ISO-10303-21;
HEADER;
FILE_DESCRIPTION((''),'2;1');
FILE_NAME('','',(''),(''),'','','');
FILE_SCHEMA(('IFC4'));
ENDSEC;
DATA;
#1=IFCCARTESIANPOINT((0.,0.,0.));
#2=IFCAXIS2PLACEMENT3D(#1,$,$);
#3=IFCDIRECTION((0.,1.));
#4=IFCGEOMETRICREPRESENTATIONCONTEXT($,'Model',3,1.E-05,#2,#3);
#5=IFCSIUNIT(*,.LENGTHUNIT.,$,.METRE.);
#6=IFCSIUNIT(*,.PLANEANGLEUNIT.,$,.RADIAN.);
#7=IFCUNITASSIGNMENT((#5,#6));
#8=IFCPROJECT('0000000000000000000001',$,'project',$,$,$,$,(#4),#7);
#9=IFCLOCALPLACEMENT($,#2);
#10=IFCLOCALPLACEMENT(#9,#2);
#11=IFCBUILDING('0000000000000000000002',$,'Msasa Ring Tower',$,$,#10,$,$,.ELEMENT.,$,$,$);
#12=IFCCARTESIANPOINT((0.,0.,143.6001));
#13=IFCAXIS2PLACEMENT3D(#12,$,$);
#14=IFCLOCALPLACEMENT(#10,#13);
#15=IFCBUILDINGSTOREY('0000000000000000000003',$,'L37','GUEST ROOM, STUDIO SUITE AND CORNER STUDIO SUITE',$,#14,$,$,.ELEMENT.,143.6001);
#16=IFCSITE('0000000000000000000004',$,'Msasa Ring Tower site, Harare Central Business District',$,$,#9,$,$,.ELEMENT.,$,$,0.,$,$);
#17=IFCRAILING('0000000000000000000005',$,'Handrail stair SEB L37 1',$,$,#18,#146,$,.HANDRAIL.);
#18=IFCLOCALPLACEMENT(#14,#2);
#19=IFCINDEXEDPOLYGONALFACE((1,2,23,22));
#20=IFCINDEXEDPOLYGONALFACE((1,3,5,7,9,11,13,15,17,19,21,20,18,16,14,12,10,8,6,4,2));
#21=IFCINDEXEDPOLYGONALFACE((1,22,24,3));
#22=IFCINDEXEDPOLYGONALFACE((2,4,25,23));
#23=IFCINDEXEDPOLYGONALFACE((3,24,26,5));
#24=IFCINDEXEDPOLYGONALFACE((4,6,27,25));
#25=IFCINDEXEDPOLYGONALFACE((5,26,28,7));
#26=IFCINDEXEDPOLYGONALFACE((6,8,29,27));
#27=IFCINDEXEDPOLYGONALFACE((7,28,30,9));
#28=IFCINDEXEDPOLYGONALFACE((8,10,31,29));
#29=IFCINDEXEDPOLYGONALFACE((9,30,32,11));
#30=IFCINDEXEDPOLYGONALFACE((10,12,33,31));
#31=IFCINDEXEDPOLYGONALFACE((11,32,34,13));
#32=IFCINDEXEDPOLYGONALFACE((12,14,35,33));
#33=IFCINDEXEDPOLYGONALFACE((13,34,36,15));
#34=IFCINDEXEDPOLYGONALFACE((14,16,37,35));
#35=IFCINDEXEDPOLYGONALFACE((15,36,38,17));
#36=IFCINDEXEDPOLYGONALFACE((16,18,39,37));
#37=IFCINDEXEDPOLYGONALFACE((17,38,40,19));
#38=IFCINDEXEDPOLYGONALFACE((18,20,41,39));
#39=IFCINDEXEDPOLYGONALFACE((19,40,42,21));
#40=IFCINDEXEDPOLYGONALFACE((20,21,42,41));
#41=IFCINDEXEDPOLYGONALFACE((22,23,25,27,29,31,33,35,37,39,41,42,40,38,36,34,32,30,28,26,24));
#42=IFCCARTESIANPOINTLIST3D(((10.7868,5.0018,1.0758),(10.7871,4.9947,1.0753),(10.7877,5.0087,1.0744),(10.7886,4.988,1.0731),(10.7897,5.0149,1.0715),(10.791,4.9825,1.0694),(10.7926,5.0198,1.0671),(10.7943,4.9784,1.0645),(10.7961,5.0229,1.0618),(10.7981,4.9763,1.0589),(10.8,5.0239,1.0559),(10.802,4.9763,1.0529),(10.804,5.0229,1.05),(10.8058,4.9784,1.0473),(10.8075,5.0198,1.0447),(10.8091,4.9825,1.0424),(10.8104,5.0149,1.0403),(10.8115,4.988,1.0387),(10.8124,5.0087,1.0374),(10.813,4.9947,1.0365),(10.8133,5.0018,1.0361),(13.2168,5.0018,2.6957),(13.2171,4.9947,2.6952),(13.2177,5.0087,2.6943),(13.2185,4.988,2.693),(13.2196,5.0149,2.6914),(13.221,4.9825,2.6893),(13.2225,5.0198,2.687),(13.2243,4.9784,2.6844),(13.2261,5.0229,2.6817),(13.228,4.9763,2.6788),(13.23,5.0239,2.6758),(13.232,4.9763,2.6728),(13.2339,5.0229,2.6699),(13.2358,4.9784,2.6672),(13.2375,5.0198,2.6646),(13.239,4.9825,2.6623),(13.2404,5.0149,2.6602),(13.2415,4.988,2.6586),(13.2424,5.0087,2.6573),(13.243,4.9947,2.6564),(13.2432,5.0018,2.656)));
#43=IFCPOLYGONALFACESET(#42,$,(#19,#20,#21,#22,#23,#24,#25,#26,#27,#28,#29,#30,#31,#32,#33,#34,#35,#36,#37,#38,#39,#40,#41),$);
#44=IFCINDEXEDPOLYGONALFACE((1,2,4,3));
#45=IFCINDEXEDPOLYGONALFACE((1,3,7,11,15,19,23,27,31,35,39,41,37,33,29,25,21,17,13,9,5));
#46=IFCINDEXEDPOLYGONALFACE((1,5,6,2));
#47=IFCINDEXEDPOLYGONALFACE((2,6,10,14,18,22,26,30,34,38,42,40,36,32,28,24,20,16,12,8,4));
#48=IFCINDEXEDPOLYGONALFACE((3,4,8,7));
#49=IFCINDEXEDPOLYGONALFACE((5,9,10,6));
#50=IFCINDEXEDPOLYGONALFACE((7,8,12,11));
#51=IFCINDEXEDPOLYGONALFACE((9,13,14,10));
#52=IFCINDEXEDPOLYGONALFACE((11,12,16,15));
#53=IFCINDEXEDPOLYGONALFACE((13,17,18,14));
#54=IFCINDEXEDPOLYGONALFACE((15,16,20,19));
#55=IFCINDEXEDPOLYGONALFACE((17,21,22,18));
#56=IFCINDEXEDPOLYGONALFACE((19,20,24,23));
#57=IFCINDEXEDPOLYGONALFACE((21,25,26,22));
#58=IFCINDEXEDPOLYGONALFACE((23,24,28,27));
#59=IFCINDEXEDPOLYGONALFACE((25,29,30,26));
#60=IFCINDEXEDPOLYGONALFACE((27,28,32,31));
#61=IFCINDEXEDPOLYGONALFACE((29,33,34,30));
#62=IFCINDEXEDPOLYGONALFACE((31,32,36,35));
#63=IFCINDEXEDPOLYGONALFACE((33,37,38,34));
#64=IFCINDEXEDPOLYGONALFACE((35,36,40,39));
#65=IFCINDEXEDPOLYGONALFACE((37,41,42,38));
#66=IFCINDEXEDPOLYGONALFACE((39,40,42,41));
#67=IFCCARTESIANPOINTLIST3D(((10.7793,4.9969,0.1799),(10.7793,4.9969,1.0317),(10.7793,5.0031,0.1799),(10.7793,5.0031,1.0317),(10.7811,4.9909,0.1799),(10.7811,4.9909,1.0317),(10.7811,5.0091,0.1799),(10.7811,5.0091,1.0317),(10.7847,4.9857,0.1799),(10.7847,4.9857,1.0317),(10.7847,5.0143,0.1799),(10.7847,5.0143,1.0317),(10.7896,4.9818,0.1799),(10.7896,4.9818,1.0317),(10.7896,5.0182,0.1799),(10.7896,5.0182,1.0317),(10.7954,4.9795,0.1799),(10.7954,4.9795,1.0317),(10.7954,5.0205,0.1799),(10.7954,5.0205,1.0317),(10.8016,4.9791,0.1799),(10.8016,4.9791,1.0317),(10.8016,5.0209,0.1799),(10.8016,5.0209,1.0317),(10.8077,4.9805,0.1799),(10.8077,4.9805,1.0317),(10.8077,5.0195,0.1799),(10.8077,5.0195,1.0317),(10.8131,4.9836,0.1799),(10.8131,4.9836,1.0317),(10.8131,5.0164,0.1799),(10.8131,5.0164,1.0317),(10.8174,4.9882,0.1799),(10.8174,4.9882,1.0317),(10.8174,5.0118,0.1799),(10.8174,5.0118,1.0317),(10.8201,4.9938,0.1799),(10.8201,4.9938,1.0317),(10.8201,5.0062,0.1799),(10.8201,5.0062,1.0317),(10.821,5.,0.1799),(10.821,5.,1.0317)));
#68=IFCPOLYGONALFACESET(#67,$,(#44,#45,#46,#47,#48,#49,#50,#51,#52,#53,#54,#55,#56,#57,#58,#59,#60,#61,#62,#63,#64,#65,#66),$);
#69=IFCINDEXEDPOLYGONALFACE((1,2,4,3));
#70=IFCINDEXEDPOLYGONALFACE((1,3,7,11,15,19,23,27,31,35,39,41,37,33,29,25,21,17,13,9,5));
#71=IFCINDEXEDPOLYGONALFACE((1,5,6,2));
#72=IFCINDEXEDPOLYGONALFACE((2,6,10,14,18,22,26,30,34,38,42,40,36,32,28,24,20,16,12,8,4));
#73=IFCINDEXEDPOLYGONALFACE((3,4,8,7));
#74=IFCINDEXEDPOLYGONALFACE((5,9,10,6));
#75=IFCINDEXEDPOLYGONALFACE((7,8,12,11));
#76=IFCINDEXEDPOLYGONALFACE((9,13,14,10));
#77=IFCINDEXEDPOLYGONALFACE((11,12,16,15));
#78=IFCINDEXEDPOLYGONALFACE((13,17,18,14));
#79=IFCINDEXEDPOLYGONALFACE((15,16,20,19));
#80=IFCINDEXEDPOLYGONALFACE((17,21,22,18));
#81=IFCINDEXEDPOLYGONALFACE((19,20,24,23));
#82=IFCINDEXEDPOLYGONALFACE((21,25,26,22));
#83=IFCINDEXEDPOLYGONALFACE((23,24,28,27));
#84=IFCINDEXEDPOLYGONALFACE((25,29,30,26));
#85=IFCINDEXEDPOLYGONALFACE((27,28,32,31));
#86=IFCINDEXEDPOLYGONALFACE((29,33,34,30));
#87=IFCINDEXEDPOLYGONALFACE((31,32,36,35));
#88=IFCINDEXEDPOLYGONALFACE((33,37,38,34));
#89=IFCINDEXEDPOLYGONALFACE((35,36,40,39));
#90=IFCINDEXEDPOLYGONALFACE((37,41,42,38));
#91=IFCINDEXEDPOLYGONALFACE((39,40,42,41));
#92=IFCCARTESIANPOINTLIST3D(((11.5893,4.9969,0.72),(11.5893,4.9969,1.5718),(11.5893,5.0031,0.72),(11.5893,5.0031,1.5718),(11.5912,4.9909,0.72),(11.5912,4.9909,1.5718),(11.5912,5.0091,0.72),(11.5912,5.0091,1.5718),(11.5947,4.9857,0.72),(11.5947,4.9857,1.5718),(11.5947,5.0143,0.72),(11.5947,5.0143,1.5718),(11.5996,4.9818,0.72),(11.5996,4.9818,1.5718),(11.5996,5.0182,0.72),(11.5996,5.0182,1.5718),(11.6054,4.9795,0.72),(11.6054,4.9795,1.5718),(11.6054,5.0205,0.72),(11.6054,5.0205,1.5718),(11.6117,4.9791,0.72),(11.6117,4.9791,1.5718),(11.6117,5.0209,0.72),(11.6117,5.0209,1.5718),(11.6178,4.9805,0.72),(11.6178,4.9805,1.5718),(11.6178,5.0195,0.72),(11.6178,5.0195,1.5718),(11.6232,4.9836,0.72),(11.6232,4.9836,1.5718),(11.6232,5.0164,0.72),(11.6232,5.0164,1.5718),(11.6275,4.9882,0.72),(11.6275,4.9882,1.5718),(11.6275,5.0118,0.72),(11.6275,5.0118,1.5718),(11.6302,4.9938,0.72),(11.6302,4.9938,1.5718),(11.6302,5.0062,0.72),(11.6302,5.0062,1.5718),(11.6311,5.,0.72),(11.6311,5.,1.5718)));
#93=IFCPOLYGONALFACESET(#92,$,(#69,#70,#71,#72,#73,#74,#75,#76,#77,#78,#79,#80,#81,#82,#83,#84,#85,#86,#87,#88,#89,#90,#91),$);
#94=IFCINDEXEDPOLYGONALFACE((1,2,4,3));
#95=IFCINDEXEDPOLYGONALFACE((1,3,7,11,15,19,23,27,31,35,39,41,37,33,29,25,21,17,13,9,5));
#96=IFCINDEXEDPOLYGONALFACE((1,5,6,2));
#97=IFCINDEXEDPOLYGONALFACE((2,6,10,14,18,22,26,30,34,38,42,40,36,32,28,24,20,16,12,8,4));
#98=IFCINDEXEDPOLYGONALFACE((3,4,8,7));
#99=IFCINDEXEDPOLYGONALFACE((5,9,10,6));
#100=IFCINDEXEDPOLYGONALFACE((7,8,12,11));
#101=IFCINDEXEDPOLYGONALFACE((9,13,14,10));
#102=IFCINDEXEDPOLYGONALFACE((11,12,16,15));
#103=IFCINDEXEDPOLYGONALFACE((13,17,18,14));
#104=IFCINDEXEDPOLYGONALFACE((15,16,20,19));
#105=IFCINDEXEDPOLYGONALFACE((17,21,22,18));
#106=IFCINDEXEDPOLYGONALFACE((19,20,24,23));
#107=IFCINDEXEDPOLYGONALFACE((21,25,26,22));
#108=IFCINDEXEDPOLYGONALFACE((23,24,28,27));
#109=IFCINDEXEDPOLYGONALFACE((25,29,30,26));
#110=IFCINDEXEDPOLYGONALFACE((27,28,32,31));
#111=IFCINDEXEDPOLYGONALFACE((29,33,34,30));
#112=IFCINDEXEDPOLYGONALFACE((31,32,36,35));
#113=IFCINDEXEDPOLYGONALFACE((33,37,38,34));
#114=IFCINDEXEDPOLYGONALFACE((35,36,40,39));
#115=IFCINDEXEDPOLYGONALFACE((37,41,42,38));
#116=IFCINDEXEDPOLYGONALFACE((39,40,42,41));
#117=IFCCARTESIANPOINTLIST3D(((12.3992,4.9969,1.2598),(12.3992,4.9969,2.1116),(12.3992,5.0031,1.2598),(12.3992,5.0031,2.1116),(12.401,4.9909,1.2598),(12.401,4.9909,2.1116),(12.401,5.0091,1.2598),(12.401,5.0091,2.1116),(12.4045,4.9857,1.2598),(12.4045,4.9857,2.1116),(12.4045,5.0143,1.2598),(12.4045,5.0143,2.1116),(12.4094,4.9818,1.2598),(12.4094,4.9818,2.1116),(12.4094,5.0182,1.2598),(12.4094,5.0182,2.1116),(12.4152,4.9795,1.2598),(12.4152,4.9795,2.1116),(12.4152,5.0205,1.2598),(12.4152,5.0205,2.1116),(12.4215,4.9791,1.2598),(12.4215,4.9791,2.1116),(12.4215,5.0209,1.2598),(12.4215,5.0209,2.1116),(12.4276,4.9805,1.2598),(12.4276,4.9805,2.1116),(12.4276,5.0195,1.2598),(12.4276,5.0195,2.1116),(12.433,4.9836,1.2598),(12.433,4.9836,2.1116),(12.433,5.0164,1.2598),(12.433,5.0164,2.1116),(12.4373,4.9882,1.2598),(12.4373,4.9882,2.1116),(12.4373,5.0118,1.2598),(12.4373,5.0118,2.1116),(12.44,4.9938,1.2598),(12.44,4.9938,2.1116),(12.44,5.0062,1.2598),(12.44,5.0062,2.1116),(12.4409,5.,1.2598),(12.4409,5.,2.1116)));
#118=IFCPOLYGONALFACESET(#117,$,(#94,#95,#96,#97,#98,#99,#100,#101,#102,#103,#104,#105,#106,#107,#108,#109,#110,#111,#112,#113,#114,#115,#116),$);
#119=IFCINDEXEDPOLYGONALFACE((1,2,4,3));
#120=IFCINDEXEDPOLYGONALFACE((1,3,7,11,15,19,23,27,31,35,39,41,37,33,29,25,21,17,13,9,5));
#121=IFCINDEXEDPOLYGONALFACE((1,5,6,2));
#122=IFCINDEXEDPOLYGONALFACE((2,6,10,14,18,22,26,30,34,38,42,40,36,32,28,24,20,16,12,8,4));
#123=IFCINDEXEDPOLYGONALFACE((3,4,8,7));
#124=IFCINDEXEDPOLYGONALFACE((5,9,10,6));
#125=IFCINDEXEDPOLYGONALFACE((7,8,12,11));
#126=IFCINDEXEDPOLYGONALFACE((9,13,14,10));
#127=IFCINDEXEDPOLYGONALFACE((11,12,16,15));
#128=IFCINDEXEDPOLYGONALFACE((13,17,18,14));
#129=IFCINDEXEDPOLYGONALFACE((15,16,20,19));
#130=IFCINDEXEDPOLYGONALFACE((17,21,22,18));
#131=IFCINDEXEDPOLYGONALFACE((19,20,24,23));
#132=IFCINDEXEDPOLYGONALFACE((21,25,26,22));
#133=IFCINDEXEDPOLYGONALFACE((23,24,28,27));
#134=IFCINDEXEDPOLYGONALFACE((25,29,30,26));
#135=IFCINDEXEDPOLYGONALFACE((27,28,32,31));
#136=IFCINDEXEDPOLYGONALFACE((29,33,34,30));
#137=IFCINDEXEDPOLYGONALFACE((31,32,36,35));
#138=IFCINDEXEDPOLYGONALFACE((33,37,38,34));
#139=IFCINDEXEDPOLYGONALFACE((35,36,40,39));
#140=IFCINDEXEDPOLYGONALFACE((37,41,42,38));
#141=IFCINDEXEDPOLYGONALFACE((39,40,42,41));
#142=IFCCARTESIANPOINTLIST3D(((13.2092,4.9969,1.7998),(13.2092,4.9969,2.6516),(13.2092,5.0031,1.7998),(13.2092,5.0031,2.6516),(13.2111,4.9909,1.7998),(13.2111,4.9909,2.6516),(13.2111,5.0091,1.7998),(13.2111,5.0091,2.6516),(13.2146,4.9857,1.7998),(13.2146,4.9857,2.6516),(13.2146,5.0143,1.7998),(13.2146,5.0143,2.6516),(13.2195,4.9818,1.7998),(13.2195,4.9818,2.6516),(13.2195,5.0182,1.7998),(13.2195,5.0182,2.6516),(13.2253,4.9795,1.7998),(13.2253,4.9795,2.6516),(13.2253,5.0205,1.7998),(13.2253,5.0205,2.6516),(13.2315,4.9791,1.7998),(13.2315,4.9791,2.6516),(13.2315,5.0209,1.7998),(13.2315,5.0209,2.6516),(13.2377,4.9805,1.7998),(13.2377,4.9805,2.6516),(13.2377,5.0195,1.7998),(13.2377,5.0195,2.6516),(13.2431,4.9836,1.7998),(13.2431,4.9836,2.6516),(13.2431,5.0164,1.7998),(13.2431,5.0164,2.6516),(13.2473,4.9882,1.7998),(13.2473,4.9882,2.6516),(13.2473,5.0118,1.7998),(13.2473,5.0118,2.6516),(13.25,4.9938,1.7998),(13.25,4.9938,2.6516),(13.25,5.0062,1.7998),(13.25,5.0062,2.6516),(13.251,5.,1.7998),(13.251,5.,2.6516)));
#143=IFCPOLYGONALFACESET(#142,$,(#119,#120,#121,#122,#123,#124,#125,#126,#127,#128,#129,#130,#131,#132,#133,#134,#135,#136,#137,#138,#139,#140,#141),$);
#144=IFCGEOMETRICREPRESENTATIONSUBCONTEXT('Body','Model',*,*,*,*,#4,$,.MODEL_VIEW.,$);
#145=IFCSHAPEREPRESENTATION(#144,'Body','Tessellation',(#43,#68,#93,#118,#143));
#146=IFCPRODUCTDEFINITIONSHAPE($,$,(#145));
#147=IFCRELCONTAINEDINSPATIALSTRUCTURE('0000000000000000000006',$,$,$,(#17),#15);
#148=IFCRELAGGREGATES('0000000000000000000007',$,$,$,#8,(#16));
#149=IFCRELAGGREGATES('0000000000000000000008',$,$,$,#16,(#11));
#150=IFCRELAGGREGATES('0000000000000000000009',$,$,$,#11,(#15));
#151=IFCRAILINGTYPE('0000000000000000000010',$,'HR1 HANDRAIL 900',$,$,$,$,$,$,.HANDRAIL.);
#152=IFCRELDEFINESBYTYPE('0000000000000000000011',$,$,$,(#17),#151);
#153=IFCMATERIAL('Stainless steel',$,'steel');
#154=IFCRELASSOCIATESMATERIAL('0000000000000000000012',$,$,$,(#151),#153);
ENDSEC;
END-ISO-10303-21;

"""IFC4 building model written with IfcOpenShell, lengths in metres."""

from ifc_helpers import new_model, si_unit, direction, frame, origin, origin_2d, place, context, subcontext, project, spatial, circle, extrude, material, type_object, element, save


model = new_model("IFC4")

# Units and contexts
model_context = context("Model", 3, precision=1e-05, world=origin(), true_north=direction((0.0, 1.0)))
body_context = subcontext(model_context, "Body", "Model", "MODEL_VIEW")
ifc_project = project(units=[si_unit("LENGTHUNIT", "METRE"), si_unit("PLANEANGLEUNIT", "RADIAN")], contexts=[model_context])

# Site, building, storey
site_placement = place(None, origin())
site = spatial("IfcSite", under=ifc_project, at=site_placement, Name="Msasa Ring Tower site, Harare Central Business District", CompositionType="ELEMENT", RefElevation=0.0)
building_placement = place(site_placement, origin())
building = spatial("IfcBuilding", under=site, at=building_placement, Name="Msasa Ring Tower", CompositionType="ELEMENT")
storey_placement = place(building_placement, frame((0.0, 0.0, 143.6001)))
storey = spatial("IfcBuildingStorey", under=building, at=storey_placement, Name="L37", Description="GUEST ROOM, STUDIO SUITE AND CORNER STUDIO SUITE", CompositionType="ELEMENT", Elevation=143.6001)

# Railing
ifc_material_1 = material(Name="Stainless steel", Category="steel")
railing_type = type_object("IfcRailingType", Name="HR1 HANDRAIL 900", PredefinedType="HANDRAIL", material=ifc_material_1)
for number, where, name in (
    (1, (10.8, 5.0, 0.1799), "Handrail stair SEB L37 1"),
):
    element("IfcRailing", number, at=place(storey_placement, frame(where)), inside=storey, type_object=railing_type, Name=name, PredefinedType="HANDRAIL", context=body_context, shape_type="SweptSolid", body=[
        extrude(circle(Radius=0.0239, at=origin_2d()), frame((0.0, 0.0, 0.876), z_axis=(0.832063, 0.0, 0.554681), x_axis=(0.0, 1.0, 0.0)), (0.0, 0.0, 1.0), 2.9204),
        extrude(circle(Radius=0.021, at=origin_2d()), origin(), (0.0, 0.0, 1.0), 0.8518),
        extrude(circle(Radius=0.021, at=origin_2d()), frame((0.8101, 0.0, 0.54)), (0.0, 0.0, 1.0), 0.8518),
        extrude(circle(Radius=0.021, at=origin_2d()), frame((1.6199, 0.0, 1.0798)), (0.0, 0.0, 1.0), 0.8518),
        extrude(circle(Radius=0.021, at=origin_2d()), frame((2.4299, 0.0, 1.6199)), (0.0, 0.0, 1.0), 0.8518),
    ])

save(model, "model.ifc")
